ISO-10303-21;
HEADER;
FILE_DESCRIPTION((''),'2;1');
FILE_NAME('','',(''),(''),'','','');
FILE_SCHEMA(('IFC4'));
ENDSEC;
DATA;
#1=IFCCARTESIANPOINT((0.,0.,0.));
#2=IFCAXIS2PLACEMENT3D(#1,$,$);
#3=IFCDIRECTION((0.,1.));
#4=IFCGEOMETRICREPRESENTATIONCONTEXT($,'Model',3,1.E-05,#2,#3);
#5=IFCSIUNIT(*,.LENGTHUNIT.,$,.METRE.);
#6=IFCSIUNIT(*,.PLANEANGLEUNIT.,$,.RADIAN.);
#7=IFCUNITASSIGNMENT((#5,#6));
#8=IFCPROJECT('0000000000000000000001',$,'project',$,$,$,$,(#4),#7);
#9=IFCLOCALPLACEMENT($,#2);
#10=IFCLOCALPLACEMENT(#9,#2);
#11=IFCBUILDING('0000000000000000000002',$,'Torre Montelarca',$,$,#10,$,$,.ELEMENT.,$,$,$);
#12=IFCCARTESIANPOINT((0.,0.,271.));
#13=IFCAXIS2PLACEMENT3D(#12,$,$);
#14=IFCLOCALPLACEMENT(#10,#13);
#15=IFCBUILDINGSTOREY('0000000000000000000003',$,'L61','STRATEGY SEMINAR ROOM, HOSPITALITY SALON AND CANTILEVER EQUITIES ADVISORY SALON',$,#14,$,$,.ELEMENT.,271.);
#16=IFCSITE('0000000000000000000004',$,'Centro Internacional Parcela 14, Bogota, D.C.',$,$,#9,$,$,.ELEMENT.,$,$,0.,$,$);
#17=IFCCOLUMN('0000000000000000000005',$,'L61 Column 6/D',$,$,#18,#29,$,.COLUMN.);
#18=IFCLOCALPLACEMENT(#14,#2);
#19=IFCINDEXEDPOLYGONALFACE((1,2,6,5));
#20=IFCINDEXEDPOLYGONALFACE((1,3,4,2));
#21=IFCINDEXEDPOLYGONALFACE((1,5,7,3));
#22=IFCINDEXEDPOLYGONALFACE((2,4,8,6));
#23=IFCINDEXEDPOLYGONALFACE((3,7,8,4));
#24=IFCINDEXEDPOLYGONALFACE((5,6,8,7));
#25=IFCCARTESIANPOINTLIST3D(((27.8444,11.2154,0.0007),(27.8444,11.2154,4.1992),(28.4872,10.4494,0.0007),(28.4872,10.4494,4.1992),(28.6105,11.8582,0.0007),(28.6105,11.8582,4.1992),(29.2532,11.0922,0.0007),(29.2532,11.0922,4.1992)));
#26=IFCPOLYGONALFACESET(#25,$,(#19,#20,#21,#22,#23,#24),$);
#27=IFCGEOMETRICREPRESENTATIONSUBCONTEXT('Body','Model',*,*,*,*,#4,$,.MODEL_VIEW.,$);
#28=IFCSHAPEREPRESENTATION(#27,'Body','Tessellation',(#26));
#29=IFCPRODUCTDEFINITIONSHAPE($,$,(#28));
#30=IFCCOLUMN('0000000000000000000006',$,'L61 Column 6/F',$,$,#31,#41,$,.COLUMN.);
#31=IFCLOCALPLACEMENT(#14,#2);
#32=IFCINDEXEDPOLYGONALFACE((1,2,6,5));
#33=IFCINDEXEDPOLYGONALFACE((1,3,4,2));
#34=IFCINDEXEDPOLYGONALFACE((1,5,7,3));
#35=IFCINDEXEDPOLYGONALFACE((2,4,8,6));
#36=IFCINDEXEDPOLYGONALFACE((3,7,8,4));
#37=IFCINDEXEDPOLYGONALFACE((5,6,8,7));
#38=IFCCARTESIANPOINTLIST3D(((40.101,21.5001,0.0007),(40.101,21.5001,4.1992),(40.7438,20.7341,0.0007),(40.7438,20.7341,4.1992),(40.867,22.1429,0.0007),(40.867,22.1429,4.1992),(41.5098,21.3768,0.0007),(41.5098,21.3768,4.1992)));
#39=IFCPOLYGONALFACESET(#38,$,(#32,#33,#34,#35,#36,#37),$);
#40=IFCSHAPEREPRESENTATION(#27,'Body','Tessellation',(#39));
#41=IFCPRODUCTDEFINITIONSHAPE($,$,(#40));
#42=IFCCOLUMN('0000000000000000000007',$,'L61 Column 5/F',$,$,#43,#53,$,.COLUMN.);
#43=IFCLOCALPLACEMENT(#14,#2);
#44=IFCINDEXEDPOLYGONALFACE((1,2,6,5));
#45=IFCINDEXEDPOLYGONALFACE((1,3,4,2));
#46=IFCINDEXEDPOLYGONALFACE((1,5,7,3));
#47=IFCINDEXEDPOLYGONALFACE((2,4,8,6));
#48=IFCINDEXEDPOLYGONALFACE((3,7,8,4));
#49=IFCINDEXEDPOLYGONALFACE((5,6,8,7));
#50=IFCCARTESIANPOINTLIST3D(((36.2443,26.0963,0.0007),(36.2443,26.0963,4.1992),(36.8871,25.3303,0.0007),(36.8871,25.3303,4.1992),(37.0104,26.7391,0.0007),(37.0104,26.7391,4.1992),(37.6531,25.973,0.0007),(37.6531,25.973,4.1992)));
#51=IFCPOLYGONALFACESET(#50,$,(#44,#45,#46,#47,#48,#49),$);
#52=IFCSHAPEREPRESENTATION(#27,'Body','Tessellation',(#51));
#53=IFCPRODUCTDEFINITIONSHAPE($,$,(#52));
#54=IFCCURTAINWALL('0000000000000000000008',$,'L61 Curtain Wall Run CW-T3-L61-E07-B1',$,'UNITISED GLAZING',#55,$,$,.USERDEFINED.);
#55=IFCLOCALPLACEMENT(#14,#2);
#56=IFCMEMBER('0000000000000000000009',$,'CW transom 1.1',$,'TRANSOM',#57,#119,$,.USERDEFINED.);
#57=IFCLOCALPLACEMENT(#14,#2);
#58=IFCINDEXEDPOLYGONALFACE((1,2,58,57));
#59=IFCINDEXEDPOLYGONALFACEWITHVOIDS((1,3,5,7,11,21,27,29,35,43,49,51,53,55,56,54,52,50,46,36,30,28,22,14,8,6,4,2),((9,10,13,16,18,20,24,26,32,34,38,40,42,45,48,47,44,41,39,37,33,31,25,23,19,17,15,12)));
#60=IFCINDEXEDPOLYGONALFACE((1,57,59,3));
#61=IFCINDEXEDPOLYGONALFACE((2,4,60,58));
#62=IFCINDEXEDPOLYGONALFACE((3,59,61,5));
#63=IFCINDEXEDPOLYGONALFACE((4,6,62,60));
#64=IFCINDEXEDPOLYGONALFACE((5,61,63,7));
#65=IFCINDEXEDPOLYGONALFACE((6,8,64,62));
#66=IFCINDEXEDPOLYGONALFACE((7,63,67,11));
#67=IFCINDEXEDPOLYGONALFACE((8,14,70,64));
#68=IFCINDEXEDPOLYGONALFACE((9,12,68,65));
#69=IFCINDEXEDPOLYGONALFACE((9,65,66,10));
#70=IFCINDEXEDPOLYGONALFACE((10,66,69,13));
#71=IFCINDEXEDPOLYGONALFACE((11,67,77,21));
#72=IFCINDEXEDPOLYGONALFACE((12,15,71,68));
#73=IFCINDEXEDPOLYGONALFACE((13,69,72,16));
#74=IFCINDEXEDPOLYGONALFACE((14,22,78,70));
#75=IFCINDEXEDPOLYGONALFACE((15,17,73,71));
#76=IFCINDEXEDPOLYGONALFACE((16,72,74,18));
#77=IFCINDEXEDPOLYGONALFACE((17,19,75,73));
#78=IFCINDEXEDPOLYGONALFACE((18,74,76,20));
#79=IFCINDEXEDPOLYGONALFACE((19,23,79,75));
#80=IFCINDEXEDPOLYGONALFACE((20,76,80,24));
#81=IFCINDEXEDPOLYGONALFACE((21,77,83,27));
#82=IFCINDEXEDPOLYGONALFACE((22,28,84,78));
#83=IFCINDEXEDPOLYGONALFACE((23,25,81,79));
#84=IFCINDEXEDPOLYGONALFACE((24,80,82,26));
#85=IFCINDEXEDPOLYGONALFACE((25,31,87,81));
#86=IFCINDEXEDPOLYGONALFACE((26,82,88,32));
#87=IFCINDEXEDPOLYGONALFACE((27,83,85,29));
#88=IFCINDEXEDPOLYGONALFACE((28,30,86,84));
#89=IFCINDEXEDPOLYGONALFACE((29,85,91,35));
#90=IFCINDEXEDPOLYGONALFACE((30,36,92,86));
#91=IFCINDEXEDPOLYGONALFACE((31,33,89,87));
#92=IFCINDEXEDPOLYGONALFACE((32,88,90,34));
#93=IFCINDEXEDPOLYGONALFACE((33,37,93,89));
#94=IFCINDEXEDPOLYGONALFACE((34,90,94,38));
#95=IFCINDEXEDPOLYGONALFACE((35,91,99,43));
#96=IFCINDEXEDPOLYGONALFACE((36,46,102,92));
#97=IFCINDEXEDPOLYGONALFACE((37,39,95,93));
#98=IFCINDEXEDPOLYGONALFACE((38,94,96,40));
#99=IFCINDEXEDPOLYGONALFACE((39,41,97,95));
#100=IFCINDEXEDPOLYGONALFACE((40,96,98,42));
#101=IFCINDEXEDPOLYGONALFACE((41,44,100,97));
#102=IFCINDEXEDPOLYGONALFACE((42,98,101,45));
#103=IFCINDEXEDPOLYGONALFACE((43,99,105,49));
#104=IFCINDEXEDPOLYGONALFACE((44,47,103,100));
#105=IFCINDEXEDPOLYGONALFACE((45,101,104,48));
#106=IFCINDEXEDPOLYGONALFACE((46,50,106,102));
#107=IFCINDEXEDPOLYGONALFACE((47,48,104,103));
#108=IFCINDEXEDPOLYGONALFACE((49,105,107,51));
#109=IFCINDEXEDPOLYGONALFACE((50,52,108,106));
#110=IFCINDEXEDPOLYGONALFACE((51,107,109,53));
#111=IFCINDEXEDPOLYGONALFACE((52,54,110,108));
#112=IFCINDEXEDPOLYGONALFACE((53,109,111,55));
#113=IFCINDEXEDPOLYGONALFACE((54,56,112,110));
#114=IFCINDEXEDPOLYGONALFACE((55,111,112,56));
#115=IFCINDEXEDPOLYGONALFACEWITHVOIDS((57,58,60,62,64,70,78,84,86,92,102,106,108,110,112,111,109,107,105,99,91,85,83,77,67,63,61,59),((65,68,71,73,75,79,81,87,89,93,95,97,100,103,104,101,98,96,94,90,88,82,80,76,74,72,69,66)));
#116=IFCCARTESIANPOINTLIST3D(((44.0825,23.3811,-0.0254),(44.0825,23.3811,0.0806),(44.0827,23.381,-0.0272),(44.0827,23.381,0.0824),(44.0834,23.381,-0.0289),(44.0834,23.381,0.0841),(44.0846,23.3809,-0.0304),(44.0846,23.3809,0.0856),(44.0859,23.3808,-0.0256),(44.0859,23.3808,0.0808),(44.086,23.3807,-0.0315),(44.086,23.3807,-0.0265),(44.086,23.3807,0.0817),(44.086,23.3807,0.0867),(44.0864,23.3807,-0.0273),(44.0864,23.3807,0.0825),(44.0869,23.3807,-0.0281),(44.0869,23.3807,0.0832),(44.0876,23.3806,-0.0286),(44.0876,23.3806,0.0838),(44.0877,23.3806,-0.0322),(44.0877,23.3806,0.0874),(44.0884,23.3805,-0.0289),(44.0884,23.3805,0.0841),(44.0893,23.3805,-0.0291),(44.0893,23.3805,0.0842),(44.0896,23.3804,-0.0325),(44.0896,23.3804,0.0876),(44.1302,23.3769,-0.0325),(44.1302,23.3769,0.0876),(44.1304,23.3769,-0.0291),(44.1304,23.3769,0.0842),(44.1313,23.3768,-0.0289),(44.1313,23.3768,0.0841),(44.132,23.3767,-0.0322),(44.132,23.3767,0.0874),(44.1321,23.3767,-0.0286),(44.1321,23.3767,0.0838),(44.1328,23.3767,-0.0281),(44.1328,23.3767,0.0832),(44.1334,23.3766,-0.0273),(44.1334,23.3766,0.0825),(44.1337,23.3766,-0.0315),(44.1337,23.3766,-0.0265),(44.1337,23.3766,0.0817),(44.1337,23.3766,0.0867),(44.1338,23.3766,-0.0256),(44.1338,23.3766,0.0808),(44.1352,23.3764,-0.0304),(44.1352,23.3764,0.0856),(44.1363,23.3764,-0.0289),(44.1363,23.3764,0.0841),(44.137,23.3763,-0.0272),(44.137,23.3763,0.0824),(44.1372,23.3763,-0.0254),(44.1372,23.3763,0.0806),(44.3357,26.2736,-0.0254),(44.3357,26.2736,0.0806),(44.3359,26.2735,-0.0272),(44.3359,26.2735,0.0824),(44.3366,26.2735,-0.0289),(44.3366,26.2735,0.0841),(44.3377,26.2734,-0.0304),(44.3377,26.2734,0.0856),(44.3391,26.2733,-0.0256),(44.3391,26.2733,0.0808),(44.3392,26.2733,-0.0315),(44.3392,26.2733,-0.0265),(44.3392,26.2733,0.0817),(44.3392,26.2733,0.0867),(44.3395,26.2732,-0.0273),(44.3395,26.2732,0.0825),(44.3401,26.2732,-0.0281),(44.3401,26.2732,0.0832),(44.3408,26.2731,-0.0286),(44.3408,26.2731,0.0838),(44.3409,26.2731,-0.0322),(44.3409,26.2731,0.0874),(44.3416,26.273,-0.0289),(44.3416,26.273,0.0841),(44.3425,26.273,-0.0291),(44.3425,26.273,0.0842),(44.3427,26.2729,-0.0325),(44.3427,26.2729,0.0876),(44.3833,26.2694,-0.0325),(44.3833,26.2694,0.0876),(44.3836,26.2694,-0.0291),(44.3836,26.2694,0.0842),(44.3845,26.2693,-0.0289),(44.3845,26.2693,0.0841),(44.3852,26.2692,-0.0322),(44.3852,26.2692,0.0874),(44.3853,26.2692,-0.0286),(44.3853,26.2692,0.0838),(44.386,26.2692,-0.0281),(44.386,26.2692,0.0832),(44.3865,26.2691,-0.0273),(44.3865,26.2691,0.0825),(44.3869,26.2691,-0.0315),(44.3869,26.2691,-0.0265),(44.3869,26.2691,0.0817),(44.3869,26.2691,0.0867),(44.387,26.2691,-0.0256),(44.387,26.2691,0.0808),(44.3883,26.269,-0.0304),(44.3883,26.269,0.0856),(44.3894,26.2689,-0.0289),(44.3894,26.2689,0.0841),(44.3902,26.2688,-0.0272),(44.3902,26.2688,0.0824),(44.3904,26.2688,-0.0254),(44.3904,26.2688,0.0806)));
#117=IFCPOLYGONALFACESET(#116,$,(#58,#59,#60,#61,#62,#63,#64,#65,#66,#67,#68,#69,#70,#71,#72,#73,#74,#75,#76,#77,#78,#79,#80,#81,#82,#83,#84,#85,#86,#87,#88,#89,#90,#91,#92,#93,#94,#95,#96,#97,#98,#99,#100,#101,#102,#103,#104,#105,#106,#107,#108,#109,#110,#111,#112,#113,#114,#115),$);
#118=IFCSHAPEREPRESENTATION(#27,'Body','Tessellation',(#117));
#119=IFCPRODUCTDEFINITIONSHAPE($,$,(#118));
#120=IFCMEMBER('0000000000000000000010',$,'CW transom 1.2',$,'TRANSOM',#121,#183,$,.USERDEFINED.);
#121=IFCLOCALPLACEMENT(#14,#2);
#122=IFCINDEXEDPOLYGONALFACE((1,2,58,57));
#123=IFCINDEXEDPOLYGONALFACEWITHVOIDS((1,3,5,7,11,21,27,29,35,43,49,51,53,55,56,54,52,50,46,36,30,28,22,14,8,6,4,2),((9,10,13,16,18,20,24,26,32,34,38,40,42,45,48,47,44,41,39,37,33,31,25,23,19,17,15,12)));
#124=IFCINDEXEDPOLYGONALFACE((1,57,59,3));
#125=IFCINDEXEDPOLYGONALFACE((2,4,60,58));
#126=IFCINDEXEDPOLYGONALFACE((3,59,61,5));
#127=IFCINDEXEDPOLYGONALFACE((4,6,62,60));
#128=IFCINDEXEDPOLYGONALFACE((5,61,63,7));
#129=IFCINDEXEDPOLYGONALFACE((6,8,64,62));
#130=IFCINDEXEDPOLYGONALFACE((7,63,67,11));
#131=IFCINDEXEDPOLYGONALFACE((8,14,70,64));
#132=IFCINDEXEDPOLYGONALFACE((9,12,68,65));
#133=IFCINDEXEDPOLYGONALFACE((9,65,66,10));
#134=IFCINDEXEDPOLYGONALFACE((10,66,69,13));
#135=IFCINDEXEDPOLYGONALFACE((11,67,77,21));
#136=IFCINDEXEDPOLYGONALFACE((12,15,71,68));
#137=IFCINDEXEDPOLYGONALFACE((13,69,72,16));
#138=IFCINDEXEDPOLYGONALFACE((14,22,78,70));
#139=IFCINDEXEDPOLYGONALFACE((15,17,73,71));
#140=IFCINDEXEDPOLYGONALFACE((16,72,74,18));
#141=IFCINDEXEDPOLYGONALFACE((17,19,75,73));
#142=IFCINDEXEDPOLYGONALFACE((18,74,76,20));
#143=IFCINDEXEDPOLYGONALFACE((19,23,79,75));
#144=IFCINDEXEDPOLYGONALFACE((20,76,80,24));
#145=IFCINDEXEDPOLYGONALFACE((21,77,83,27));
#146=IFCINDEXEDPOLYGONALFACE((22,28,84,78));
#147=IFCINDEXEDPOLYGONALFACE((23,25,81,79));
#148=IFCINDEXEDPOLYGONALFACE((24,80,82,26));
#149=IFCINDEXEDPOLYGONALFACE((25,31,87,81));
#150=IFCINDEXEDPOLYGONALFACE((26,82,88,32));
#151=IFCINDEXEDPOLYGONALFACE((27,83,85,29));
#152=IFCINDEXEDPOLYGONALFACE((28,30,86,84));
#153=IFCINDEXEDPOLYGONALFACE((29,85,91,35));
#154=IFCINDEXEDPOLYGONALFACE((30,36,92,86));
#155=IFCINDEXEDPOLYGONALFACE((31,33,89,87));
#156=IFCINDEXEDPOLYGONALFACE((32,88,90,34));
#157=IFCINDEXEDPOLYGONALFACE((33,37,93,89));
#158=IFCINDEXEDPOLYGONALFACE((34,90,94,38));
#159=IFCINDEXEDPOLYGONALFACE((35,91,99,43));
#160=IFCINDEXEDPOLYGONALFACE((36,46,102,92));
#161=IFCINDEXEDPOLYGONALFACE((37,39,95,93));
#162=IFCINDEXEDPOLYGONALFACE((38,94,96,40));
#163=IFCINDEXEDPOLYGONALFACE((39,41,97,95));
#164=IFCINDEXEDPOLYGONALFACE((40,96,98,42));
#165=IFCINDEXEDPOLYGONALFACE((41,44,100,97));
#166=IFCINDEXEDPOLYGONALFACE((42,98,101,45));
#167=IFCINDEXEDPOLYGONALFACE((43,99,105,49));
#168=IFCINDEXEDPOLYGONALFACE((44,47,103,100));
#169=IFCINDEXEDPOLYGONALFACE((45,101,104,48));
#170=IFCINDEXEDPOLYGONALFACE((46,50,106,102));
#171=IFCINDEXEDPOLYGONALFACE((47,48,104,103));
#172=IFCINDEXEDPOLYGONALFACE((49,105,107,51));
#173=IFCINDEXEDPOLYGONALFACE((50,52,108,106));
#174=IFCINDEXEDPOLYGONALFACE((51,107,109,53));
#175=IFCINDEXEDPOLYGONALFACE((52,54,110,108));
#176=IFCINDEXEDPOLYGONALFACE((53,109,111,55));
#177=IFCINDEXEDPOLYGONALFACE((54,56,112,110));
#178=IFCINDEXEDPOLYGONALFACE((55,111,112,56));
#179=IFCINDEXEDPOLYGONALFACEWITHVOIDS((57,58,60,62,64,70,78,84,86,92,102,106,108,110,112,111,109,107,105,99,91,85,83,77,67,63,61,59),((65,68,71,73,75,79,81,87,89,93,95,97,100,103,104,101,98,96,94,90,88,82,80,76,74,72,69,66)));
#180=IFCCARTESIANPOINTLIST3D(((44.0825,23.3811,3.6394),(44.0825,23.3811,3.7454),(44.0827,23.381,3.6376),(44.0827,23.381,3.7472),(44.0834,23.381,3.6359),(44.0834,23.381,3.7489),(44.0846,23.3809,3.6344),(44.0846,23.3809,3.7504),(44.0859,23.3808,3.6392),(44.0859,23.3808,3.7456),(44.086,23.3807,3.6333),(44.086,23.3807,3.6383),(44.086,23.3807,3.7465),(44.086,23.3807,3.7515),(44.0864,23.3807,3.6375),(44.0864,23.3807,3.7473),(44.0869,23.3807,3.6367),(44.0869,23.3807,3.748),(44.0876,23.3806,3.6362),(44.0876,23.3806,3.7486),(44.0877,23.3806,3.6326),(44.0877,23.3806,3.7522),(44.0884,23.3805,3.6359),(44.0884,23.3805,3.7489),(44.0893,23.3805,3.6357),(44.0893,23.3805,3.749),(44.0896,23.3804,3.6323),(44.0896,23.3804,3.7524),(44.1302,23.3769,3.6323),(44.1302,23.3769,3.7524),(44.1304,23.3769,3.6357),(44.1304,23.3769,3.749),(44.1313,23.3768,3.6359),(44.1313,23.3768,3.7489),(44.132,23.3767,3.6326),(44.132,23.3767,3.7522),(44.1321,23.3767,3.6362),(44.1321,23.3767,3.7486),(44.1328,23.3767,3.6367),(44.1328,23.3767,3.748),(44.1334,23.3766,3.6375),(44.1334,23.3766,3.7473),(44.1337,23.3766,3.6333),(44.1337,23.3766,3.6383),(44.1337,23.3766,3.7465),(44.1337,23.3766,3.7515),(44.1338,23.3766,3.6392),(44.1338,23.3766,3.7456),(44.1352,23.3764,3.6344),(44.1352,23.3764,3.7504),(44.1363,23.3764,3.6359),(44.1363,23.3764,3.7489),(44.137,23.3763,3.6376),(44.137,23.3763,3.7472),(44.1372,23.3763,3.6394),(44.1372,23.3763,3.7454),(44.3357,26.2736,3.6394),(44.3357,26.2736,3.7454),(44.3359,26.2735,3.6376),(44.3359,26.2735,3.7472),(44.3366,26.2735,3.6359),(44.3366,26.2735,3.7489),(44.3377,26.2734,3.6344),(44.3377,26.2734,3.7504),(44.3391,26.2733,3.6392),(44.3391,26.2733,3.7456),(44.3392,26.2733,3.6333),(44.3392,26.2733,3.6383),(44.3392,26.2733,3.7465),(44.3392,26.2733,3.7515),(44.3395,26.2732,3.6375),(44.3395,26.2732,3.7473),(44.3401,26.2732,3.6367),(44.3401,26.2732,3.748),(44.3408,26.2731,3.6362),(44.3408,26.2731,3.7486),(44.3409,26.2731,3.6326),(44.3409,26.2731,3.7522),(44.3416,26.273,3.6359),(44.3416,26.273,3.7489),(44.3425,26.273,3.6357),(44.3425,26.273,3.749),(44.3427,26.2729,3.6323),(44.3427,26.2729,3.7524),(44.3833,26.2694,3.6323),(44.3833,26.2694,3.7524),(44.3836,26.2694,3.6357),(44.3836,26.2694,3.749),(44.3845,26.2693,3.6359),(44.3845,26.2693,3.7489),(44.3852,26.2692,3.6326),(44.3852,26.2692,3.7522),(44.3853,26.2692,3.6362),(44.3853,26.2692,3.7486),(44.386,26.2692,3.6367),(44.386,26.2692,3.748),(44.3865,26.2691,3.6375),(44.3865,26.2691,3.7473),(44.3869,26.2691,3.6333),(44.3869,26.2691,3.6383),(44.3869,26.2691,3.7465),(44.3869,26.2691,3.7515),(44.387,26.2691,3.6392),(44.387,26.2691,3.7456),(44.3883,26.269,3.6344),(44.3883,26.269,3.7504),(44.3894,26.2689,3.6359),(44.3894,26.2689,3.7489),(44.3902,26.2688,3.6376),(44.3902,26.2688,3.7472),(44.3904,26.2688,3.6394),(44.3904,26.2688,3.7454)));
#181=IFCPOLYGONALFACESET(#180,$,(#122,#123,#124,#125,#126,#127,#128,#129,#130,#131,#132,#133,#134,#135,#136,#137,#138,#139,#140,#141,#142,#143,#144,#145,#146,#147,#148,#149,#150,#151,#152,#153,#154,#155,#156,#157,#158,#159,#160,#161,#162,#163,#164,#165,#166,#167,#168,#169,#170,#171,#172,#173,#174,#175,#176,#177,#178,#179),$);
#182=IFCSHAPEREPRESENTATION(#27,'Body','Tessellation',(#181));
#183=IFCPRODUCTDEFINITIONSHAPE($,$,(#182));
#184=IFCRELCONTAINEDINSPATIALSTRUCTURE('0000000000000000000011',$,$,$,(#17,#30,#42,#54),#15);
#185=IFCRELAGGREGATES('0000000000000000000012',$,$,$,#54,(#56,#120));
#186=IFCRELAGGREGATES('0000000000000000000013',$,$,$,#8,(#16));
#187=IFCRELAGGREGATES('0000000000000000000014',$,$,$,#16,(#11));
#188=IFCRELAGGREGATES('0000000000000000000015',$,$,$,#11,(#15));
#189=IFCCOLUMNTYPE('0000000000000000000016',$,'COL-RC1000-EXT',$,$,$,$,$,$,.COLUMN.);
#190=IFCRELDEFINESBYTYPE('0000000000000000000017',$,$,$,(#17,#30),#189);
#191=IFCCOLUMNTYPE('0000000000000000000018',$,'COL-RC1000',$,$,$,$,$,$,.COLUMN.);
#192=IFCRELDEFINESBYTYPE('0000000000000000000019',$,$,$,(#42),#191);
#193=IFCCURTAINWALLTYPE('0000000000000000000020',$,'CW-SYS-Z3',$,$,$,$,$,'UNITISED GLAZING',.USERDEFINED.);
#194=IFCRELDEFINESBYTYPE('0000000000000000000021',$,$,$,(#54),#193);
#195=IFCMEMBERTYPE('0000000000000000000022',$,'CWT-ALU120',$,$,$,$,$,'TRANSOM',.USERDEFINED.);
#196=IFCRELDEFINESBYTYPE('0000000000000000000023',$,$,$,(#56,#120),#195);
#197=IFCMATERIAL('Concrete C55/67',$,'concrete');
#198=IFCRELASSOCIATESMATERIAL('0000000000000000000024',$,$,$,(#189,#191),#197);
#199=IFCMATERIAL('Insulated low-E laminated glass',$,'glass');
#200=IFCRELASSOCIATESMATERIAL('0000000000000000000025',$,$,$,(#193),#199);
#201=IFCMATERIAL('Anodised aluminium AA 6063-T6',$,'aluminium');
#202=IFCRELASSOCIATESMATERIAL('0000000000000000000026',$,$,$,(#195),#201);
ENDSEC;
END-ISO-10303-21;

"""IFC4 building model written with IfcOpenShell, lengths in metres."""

from ifc_helpers import new_model, si_unit, direction, frame, origin, origin_2d, place, context, subcontext, project, spatial, rectangle, hollow_rectangle, extrude, source, transform, mapped, material, material_profile, profile_set, type_object, element, aggregate, save


model = new_model("IFC4")

# Units and contexts
model_context = context("Model", 3, precision=1e-05, world=origin(), true_north=direction((0.0, 1.0)))
body_context = subcontext(model_context, "Body", "Model", "MODEL_VIEW")
ifc_project = project(units=[si_unit("LENGTHUNIT", "METRE"), si_unit("PLANEANGLEUNIT", "RADIAN")], contexts=[model_context])

# Site, building, storey
site_placement = place(None, origin())
site = spatial("IfcSite", under=ifc_project, at=site_placement, Name="Centro Internacional Parcela 14, Bogota, D.C.", CompositionType="ELEMENT", RefElevation=0.0)
building_placement = place(site_placement, origin())
building = spatial("IfcBuilding", under=site, at=building_placement, Name="Torre Montelarca", CompositionType="ELEMENT")
storey_placement = place(building_placement, frame((0.0, 0.0, 271.0)))
storey = spatial("IfcBuildingStorey", under=building, at=storey_placement, Name="L61", Description="STRATEGY SEMINAR ROOM, HOSPITALITY SALON AND CANTILEVER EQUITIES ADVISORY SALON", CompositionType="ELEMENT", Elevation=271.0)

# Columns
ifc_material_1 = material(Name="Concrete C55/67", Category="concrete")
ifc_material_profile_1 = material_profile(ifc_material_1, rectangle(XDim=1.0, YDim=1.0, at=origin_2d()), Name="RC1000X1000", Category="concrete")
ifc_profile_set_1 = profile_set([ifc_material_profile_1], Name="Concrete C55/67")
column_type_1 = type_object("IfcColumnType", Name="COL-RC1000-EXT", PredefinedType="COLUMN", material=ifc_profile_set_1)
shared_shape_1 = source(origin(), body_context, "Body", "SweptSolid", [
    extrude(rectangle(XDim=1.0, YDim=1.0, at=origin_2d()), origin(), (0.0, 0.0, 1.0), 4.1985),
])
for number, where, z_axis, x_axis, name in (
    (1, (28.5488, 11.1538, 0.0007), (0.0, 0.0, 1.0), (-0.642788, 0.766044, 0.0), "L61 Column 6/D"),
    (2, (40.8054, 21.4385, 0.0007), (0.0, 0.0, 1.0), (-0.642788, 0.766044, 0.0), "L61 Column 6/F"),
):
    element("IfcColumn", number, at=place(storey_placement, frame(where, z_axis=z_axis, x_axis=x_axis)), inside=storey, type_object=column_type_1, Name=name, PredefinedType="COLUMN", context=body_context, shape_type="MappedRepresentation", body=[
        mapped(shared_shape_1, transform((0.0, 0.0, 0.0), scale=1.0)),
    ])
ifc_material_profile_2 = material_profile(ifc_material_1, rectangle(XDim=1.0, YDim=1.0, at=origin_2d()), Name="RC1000X1000", Category="concrete")
ifc_profile_set_2 = profile_set([ifc_material_profile_2], Name="Concrete C55/67")
column_type_2 = type_object("IfcColumnType", Name="COL-RC1000", PredefinedType="COLUMN", material=ifc_profile_set_2)
shared_shape_2 = source(origin(), body_context, "Body", "SweptSolid", [
    extrude(rectangle(XDim=1.0, YDim=1.0, at=origin_2d()), origin(), (0.0, 0.0, 1.0), 4.1985),
])
column_placement = place(storey_placement, frame((36.9487, 26.0347, 0.0007), z_axis=(0.0, 0.0, 1.0), x_axis=(-0.642788, 0.766044, 0.0)))
element("IfcColumn", 3, at=column_placement, inside=storey, type_object=column_type_2, Name="L61 Column 5/F", PredefinedType="COLUMN", context=body_context, shape_type="MappedRepresentation", body=[
    mapped(shared_shape_2, transform((0.0, 0.0, 0.0), scale=1.0)),
])

# Curtain wall, members
ifc_material_2 = material(Name="Insulated low-E laminated glass", Category="glass")
curtain_wall_type = type_object("IfcCurtainWallType", Name="CW-SYS-Z3", ElementType="UNITISED GLAZING", PredefinedType="USERDEFINED", material=ifc_material_2)
curtain_wall_1_placement = place(storey_placement, origin())
curtain_wall_1 = element("IfcCurtainWall", 4, at=curtain_wall_1_placement, inside=storey, type_object=curtain_wall_type, Name="L61 Curtain Wall Run CW-T3-L61-E07-B1", ObjectType="UNITISED GLAZING", PredefinedType="USERDEFINED")
ifc_material_3 = material(Name="Anodised aluminium AA 6063-T6", Category="aluminium")
ifc_material_profile_3 = material_profile(ifc_material_3, hollow_rectangle(XDim=0.0549, YDim=0.1201, WallThickness=0.0034, InnerFilletRadius=0.0034, OuterFilletRadius=0.0071, at=origin_2d()), Name="ALU55X120X3.5", Category="aluminium")
ifc_profile_set_3 = profile_set([ifc_material_profile_3], Name="Anodised aluminium AA 6063-T6")
member_type_1 = type_object("IfcMemberType", Name="CWT-ALU120", ElementType="TRANSOM", PredefinedType="USERDEFINED", material=ifc_profile_set_3)
shared_shape_3 = source(origin(), body_context, "Body", "SweptSolid", [
    extrude(hollow_rectangle(XDim=0.0549, YDim=0.1201, WallThickness=0.0034, InnerFilletRadius=0.0034, OuterFilletRadius=0.0071, at=origin_2d()), origin(), (0.0, 0.0, 1.0), 2.9036),
])
member_1_placement = place(storey_placement, frame((44.1099, 23.3787, 0.0276), z_axis=(0.087192, 0.996192, 0.0), x_axis=(-0.996192, 0.087192, 0.0)))
member_1 = element("IfcMember", 5, at=member_1_placement, type_object=member_type_1, Name="CW transom 1.1", ObjectType="TRANSOM", PredefinedType="USERDEFINED", context=body_context, shape_type="MappedRepresentation", body=[
    mapped(shared_shape_3, transform((0.0, 0.0, 0.0), scale=1.0)),
])
member_2_placement = place(storey_placement, frame((44.1099, 23.3787, 3.6924), z_axis=(0.087192, 0.996192, 0.0), x_axis=(-0.996192, 0.087192, 0.0)))
member_2 = element("IfcMember", 6, at=member_2_placement, type_object=member_type_1, Name="CW transom 1.2", ObjectType="TRANSOM", PredefinedType="USERDEFINED", context=body_context, shape_type="MappedRepresentation", body=[
    mapped(shared_shape_3, transform((0.0, 0.0, 0.0), scale=1.0)),
])

aggregate(curtain_wall_1, [member_1, member_2])

save(model, "model.ifc")
